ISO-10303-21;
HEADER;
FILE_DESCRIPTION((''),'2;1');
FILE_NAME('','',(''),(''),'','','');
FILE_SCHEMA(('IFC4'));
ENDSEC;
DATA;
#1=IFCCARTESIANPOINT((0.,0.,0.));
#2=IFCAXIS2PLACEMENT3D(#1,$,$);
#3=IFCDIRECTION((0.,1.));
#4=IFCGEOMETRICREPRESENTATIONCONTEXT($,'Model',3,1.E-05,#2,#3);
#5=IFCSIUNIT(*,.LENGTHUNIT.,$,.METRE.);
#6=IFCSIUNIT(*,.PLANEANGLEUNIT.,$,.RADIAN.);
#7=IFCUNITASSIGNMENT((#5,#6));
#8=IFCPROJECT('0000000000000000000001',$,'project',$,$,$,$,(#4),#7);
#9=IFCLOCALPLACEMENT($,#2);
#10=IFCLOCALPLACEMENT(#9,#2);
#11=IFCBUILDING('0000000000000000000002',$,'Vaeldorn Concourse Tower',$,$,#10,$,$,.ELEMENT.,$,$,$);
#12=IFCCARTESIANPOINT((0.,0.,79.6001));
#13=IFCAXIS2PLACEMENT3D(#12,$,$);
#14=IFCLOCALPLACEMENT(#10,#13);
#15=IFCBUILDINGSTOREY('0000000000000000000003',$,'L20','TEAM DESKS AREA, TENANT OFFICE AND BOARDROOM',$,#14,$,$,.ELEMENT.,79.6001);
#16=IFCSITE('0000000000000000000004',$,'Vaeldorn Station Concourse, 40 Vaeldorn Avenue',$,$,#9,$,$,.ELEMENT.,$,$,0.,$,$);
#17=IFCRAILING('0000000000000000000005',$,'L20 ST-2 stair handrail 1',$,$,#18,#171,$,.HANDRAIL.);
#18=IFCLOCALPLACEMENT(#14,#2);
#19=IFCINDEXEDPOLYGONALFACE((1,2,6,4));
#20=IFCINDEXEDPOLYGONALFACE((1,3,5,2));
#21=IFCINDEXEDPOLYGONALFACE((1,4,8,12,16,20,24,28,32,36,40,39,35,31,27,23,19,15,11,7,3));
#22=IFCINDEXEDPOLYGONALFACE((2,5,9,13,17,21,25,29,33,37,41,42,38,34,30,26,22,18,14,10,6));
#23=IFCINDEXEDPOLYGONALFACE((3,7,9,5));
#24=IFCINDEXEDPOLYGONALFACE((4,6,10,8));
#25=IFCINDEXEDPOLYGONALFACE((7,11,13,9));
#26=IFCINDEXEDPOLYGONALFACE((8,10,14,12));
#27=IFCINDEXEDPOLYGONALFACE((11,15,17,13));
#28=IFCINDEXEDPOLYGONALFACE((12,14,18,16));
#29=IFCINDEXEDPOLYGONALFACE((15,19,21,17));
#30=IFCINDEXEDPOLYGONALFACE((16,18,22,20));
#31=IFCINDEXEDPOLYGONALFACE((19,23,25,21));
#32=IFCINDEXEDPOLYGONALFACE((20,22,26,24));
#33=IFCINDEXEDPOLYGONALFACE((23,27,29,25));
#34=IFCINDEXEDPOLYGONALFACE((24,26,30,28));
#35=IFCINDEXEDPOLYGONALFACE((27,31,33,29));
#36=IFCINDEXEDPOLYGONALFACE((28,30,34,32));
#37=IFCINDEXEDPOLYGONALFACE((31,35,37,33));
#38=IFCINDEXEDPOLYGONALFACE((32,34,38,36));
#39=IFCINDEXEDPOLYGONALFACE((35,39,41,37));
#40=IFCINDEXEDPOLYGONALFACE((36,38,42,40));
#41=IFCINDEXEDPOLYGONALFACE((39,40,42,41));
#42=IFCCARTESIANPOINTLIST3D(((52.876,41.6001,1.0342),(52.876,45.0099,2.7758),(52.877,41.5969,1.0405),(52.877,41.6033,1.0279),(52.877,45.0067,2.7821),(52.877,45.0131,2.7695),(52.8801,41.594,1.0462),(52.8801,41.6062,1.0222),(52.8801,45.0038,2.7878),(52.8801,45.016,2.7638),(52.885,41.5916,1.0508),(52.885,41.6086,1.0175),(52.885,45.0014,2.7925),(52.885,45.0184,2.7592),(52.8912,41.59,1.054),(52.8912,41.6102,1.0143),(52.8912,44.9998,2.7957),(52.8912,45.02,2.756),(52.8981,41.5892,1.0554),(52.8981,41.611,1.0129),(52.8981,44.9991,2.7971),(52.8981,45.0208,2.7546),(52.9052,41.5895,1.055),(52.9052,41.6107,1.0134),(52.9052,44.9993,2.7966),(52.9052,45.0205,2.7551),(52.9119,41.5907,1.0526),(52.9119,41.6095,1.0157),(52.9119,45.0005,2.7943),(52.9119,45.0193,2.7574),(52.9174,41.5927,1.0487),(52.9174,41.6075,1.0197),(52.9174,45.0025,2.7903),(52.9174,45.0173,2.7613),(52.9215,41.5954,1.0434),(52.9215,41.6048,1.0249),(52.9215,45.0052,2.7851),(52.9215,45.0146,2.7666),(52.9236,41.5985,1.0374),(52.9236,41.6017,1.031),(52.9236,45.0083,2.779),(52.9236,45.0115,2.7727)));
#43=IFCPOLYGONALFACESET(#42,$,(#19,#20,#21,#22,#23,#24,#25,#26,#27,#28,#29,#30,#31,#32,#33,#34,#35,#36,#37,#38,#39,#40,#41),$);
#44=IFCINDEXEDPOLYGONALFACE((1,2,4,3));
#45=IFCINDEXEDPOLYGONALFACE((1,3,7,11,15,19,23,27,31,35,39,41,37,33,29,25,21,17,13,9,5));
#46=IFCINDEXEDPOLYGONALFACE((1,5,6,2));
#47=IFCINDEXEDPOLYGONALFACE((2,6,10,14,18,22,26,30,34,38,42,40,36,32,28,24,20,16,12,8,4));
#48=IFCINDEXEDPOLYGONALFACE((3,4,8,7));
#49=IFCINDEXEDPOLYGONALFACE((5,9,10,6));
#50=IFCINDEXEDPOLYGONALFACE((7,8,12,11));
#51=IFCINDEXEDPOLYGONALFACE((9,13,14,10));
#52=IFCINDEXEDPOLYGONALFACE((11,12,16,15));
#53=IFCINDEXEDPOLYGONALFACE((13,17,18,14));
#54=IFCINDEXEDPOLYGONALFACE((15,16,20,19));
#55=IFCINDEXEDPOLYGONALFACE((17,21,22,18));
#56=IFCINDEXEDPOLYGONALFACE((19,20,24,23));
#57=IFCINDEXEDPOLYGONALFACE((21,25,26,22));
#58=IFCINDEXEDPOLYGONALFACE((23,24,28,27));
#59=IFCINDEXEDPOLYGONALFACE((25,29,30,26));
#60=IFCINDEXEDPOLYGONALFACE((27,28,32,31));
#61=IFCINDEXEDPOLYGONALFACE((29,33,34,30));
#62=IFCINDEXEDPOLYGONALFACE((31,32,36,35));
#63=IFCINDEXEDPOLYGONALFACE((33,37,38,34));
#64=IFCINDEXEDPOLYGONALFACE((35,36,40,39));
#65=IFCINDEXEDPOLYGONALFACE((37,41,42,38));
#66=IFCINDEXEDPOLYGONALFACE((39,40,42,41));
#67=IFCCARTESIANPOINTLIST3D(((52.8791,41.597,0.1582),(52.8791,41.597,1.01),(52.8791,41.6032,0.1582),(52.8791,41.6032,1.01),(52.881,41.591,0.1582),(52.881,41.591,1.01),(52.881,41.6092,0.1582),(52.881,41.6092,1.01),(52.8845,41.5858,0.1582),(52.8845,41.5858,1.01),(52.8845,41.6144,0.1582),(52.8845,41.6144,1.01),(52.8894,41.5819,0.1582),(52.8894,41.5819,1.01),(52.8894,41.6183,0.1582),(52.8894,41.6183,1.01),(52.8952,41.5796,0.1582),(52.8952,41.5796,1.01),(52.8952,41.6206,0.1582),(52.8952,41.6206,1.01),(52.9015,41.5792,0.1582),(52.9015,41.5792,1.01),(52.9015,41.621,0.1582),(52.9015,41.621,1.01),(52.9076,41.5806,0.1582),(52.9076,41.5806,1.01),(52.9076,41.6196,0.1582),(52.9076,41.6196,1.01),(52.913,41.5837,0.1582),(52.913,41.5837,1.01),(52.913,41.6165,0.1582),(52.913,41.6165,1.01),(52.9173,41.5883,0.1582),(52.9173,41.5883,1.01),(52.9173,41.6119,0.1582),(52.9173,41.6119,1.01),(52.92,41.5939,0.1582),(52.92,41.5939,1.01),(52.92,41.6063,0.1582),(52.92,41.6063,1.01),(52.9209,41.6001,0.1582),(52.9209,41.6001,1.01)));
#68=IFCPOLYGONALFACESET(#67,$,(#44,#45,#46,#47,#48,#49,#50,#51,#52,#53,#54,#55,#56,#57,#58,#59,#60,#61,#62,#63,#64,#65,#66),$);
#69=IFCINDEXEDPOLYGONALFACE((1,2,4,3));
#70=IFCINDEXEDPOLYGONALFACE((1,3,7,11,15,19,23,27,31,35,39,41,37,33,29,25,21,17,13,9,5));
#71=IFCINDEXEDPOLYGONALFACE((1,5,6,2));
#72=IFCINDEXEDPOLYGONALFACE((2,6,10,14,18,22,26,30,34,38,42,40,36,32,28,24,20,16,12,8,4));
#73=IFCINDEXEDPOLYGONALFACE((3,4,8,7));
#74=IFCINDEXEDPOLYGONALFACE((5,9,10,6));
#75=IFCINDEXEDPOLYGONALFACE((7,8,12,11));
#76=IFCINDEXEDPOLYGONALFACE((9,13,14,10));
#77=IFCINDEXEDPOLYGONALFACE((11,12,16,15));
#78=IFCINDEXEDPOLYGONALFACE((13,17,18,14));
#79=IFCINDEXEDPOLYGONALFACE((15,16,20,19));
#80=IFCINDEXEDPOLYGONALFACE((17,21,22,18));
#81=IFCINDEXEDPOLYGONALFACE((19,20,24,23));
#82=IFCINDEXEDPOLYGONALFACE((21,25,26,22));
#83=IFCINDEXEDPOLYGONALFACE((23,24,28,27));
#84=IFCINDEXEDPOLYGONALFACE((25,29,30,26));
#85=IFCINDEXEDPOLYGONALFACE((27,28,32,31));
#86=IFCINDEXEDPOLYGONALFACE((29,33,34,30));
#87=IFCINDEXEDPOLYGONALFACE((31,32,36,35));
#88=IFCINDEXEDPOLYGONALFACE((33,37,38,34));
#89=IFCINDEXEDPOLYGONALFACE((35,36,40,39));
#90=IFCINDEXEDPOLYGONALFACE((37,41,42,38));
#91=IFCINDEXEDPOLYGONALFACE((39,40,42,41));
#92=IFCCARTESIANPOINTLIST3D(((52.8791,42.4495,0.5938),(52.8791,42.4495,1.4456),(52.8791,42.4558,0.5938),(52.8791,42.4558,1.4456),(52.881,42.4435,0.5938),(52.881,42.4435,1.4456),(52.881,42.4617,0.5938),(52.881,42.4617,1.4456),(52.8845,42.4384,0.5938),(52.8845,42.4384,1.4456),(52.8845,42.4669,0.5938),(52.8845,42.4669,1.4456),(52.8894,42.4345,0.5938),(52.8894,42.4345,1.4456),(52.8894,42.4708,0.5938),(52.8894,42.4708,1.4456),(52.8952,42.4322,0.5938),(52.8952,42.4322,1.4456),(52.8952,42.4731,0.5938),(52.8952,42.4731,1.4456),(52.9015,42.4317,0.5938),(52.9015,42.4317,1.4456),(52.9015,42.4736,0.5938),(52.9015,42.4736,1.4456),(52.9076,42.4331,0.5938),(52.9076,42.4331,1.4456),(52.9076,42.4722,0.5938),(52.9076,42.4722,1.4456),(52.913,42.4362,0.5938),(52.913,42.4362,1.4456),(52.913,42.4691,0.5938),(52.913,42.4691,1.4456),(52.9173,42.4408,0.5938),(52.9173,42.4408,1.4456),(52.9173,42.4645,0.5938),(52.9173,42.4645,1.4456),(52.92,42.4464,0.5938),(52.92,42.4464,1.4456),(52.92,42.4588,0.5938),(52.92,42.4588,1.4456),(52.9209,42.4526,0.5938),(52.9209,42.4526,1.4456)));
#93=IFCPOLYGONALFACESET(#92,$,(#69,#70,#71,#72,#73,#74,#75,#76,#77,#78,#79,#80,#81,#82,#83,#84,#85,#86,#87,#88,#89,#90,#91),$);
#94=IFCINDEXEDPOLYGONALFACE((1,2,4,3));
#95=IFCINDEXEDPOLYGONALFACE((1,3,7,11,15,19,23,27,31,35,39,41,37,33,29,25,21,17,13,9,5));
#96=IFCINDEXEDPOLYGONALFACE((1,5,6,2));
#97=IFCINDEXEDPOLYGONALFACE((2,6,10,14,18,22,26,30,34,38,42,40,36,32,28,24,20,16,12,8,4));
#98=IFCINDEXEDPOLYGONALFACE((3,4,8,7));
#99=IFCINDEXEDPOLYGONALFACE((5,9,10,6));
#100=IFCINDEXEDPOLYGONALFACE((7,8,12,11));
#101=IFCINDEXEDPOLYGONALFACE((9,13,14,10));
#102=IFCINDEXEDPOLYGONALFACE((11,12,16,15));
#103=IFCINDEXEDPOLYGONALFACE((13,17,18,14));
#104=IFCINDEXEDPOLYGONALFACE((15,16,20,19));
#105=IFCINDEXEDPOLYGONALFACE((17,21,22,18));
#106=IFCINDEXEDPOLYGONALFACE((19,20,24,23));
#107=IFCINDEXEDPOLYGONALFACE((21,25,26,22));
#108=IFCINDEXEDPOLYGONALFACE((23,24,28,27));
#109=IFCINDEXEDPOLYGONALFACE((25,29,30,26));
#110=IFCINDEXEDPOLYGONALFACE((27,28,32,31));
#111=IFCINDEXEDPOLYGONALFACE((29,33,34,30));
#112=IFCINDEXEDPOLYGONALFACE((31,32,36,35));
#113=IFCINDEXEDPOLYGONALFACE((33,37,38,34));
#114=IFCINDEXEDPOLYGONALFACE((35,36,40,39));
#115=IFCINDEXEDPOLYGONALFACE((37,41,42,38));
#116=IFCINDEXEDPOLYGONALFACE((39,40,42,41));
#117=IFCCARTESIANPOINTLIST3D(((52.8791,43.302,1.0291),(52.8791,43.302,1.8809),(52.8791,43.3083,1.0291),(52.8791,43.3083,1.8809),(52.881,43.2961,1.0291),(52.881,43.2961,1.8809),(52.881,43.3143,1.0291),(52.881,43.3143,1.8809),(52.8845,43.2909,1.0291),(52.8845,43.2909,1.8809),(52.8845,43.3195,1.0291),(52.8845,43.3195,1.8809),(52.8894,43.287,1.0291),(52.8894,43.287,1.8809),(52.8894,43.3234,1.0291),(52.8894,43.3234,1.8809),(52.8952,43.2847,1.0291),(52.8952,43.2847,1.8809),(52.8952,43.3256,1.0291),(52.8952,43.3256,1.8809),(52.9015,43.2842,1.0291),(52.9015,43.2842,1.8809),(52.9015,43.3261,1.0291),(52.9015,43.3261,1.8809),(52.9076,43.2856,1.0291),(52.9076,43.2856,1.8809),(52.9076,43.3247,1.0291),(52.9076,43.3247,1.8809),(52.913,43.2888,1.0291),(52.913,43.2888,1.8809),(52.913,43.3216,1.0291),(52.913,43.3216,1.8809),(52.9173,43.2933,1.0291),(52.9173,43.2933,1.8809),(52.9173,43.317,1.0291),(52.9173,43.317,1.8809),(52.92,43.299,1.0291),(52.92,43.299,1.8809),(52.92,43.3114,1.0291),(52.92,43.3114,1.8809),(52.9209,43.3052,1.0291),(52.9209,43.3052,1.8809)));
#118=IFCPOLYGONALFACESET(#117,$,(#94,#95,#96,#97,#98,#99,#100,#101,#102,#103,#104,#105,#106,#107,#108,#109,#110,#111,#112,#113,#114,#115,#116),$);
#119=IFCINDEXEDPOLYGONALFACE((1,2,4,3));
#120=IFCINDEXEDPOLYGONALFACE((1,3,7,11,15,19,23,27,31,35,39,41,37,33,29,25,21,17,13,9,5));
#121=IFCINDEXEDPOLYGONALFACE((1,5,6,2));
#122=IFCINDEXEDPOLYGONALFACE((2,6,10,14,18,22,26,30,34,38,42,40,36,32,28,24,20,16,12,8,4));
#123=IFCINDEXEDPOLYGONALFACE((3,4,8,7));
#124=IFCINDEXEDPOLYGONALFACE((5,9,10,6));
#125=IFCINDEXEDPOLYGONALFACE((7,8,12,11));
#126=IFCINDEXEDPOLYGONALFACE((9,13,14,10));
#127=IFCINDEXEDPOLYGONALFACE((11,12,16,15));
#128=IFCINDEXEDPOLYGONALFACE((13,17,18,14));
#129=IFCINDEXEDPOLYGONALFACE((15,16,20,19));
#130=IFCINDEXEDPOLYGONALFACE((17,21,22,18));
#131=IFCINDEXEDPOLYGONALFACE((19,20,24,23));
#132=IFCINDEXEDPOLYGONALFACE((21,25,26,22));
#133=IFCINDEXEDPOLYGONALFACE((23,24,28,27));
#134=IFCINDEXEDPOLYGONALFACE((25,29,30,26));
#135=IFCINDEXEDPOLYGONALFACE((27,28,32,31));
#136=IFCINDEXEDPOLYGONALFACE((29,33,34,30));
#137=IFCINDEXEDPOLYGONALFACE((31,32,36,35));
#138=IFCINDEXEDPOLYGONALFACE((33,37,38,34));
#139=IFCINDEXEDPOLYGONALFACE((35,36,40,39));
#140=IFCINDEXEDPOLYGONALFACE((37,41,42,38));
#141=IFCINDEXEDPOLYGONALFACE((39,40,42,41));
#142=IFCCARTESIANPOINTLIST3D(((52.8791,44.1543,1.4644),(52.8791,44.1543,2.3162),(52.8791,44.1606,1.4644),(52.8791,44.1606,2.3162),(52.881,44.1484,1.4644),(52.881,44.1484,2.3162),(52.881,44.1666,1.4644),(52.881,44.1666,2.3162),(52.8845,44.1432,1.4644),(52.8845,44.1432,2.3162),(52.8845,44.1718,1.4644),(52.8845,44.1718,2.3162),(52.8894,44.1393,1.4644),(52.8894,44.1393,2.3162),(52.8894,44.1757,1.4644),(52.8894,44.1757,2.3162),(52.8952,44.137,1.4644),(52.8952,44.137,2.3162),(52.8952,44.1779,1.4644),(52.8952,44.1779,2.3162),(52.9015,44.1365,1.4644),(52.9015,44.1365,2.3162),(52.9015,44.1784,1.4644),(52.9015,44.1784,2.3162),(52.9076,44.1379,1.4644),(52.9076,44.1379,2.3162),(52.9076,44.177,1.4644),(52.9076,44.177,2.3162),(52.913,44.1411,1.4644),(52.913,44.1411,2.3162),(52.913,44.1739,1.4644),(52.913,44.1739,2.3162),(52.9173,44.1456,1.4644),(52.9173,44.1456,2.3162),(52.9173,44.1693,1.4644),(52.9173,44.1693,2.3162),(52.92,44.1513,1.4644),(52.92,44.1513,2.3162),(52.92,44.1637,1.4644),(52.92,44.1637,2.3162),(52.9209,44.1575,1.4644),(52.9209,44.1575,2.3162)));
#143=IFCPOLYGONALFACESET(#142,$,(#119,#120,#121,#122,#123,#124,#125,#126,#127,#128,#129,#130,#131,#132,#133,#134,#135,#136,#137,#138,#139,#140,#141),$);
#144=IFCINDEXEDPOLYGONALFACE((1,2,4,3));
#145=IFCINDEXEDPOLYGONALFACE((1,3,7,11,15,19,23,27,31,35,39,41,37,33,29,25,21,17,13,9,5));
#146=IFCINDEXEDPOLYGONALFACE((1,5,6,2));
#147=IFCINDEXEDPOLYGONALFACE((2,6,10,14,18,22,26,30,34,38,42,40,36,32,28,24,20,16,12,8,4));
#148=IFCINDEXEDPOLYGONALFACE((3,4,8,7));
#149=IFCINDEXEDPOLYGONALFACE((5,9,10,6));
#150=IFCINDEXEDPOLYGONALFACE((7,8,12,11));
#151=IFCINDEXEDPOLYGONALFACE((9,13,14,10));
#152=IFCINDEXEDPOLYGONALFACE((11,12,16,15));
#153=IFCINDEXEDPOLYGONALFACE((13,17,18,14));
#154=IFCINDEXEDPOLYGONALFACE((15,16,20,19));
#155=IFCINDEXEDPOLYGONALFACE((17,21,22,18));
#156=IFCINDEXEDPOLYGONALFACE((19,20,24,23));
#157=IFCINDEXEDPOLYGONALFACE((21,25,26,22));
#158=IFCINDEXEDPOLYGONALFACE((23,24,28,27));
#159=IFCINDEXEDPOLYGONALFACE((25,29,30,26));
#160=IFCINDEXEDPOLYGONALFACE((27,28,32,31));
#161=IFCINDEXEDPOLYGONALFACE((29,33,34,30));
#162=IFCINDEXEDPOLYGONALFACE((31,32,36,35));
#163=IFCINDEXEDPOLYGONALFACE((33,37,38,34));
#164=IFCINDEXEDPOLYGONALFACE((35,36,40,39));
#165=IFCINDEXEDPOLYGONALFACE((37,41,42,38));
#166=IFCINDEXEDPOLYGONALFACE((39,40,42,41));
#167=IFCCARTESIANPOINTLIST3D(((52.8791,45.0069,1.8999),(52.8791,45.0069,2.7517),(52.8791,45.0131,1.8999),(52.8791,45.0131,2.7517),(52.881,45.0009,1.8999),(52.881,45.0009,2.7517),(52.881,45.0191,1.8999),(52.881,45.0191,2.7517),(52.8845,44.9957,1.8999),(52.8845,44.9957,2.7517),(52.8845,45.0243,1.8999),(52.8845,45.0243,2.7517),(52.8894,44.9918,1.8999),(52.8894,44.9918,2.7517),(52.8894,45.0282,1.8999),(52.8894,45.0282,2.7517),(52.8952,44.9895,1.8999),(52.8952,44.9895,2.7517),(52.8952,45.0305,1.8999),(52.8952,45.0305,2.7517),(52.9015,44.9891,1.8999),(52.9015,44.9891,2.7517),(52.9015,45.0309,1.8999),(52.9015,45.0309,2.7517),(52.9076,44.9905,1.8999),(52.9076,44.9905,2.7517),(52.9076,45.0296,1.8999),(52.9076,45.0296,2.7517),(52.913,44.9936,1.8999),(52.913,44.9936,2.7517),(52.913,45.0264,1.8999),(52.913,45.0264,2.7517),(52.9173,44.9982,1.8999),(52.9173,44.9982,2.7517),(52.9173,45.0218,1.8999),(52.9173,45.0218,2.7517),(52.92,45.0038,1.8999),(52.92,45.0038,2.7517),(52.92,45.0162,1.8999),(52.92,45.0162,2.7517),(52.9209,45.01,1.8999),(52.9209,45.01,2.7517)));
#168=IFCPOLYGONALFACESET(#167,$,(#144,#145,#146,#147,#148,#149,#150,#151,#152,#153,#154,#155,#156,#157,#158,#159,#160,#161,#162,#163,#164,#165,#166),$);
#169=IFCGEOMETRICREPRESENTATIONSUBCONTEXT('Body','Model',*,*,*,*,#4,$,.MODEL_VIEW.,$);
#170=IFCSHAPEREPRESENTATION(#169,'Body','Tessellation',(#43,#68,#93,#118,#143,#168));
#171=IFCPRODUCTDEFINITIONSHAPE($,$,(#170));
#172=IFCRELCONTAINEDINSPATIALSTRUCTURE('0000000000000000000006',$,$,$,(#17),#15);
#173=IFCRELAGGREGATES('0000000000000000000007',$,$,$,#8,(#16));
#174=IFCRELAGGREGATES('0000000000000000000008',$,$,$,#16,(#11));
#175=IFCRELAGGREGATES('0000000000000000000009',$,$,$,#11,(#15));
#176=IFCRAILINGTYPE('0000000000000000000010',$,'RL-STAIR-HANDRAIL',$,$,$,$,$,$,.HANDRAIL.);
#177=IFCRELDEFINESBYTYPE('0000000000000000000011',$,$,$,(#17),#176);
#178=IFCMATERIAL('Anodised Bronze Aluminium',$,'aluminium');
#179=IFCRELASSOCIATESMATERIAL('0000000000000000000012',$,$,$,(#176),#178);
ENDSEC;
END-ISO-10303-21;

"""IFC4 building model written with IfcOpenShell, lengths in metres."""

from ifc_helpers import new_model, si_unit, direction, frame, origin, origin_2d, place, context, subcontext, project, spatial, circle, extrude, material, type_object, element, save


model = new_model("IFC4")

# Units and contexts
model_context = context("Model", 3, precision=1e-05, world=origin(), true_north=direction((0.0, 1.0)))
body_context = subcontext(model_context, "Body", "Model", "MODEL_VIEW")
ifc_project = project(units=[si_unit("LENGTHUNIT", "METRE"), si_unit("PLANEANGLEUNIT", "RADIAN")], contexts=[model_context])

# Site, building, storey
site_placement = place(None, origin())
site = spatial("IfcSite", under=ifc_project, at=site_placement, Name="Vaeldorn Station Concourse, 40 Vaeldorn Avenue", CompositionType="ELEMENT", RefElevation=0.0)
building_placement = place(site_placement, origin())
building = spatial("IfcBuilding", under=site, at=building_placement, Name="Vaeldorn Concourse Tower", CompositionType="ELEMENT")
storey_placement = place(building_placement, frame((0.0, 0.0, 79.6001)))
storey = spatial("IfcBuildingStorey", under=building, at=storey_placement, Name="L20", Description="TEAM DESKS AREA, TENANT OFFICE AND BOARDROOM", CompositionType="ELEMENT", Elevation=79.6001)

# Shared definitions
ifc_material_1 = material(Name="Anodised Bronze Aluminium", Category="aluminium")

# Railing
railing_type_1 = type_object("IfcRailingType", Name="RL-STAIR-HANDRAIL", PredefinedType="HANDRAIL", material=ifc_material_1)
railing_1_placement = place(storey_placement, frame((52.8999, 41.6001, 0.1582)))
element("IfcRailing", 1, at=railing_1_placement, inside=storey, type_object=railing_type_1, Name="L20 ST-2 stair handrail 1", PredefinedType="HANDRAIL", context=body_context, shape_type="SweptSolid", body=[
    extrude(circle(Radius=0.0239, at=origin_2d()), frame((0.0, 0.0, 0.876), z_axis=(0.0, 0.890556, 0.454874), x_axis=(-1.0, 0.0, 0.0)), (0.0, 0.0, 1.0), 3.8289),
    extrude(circle(Radius=0.021, at=origin_2d()), origin(), (0.0, 0.0, 1.0), 0.8518),
    extrude(circle(Radius=0.021, at=origin_2d()), frame((0.0, 0.8525, 0.4355)), (0.0, 0.0, 1.0), 0.8518),
    extrude(circle(Radius=0.021, at=origin_2d()), frame((0.0, 1.7051, 0.8708)), (0.0, 0.0, 1.0), 0.8518),
    extrude(circle(Radius=0.021, at=origin_2d()), frame((0.0, 2.5574, 1.3062)), (0.0, 0.0, 1.0), 0.8518),
    extrude(circle(Radius=0.021, at=origin_2d()), frame((0.0, 3.4099, 1.7417)), (0.0, 0.0, 1.0), 0.8518),
])

save(model, "model.ifc")
